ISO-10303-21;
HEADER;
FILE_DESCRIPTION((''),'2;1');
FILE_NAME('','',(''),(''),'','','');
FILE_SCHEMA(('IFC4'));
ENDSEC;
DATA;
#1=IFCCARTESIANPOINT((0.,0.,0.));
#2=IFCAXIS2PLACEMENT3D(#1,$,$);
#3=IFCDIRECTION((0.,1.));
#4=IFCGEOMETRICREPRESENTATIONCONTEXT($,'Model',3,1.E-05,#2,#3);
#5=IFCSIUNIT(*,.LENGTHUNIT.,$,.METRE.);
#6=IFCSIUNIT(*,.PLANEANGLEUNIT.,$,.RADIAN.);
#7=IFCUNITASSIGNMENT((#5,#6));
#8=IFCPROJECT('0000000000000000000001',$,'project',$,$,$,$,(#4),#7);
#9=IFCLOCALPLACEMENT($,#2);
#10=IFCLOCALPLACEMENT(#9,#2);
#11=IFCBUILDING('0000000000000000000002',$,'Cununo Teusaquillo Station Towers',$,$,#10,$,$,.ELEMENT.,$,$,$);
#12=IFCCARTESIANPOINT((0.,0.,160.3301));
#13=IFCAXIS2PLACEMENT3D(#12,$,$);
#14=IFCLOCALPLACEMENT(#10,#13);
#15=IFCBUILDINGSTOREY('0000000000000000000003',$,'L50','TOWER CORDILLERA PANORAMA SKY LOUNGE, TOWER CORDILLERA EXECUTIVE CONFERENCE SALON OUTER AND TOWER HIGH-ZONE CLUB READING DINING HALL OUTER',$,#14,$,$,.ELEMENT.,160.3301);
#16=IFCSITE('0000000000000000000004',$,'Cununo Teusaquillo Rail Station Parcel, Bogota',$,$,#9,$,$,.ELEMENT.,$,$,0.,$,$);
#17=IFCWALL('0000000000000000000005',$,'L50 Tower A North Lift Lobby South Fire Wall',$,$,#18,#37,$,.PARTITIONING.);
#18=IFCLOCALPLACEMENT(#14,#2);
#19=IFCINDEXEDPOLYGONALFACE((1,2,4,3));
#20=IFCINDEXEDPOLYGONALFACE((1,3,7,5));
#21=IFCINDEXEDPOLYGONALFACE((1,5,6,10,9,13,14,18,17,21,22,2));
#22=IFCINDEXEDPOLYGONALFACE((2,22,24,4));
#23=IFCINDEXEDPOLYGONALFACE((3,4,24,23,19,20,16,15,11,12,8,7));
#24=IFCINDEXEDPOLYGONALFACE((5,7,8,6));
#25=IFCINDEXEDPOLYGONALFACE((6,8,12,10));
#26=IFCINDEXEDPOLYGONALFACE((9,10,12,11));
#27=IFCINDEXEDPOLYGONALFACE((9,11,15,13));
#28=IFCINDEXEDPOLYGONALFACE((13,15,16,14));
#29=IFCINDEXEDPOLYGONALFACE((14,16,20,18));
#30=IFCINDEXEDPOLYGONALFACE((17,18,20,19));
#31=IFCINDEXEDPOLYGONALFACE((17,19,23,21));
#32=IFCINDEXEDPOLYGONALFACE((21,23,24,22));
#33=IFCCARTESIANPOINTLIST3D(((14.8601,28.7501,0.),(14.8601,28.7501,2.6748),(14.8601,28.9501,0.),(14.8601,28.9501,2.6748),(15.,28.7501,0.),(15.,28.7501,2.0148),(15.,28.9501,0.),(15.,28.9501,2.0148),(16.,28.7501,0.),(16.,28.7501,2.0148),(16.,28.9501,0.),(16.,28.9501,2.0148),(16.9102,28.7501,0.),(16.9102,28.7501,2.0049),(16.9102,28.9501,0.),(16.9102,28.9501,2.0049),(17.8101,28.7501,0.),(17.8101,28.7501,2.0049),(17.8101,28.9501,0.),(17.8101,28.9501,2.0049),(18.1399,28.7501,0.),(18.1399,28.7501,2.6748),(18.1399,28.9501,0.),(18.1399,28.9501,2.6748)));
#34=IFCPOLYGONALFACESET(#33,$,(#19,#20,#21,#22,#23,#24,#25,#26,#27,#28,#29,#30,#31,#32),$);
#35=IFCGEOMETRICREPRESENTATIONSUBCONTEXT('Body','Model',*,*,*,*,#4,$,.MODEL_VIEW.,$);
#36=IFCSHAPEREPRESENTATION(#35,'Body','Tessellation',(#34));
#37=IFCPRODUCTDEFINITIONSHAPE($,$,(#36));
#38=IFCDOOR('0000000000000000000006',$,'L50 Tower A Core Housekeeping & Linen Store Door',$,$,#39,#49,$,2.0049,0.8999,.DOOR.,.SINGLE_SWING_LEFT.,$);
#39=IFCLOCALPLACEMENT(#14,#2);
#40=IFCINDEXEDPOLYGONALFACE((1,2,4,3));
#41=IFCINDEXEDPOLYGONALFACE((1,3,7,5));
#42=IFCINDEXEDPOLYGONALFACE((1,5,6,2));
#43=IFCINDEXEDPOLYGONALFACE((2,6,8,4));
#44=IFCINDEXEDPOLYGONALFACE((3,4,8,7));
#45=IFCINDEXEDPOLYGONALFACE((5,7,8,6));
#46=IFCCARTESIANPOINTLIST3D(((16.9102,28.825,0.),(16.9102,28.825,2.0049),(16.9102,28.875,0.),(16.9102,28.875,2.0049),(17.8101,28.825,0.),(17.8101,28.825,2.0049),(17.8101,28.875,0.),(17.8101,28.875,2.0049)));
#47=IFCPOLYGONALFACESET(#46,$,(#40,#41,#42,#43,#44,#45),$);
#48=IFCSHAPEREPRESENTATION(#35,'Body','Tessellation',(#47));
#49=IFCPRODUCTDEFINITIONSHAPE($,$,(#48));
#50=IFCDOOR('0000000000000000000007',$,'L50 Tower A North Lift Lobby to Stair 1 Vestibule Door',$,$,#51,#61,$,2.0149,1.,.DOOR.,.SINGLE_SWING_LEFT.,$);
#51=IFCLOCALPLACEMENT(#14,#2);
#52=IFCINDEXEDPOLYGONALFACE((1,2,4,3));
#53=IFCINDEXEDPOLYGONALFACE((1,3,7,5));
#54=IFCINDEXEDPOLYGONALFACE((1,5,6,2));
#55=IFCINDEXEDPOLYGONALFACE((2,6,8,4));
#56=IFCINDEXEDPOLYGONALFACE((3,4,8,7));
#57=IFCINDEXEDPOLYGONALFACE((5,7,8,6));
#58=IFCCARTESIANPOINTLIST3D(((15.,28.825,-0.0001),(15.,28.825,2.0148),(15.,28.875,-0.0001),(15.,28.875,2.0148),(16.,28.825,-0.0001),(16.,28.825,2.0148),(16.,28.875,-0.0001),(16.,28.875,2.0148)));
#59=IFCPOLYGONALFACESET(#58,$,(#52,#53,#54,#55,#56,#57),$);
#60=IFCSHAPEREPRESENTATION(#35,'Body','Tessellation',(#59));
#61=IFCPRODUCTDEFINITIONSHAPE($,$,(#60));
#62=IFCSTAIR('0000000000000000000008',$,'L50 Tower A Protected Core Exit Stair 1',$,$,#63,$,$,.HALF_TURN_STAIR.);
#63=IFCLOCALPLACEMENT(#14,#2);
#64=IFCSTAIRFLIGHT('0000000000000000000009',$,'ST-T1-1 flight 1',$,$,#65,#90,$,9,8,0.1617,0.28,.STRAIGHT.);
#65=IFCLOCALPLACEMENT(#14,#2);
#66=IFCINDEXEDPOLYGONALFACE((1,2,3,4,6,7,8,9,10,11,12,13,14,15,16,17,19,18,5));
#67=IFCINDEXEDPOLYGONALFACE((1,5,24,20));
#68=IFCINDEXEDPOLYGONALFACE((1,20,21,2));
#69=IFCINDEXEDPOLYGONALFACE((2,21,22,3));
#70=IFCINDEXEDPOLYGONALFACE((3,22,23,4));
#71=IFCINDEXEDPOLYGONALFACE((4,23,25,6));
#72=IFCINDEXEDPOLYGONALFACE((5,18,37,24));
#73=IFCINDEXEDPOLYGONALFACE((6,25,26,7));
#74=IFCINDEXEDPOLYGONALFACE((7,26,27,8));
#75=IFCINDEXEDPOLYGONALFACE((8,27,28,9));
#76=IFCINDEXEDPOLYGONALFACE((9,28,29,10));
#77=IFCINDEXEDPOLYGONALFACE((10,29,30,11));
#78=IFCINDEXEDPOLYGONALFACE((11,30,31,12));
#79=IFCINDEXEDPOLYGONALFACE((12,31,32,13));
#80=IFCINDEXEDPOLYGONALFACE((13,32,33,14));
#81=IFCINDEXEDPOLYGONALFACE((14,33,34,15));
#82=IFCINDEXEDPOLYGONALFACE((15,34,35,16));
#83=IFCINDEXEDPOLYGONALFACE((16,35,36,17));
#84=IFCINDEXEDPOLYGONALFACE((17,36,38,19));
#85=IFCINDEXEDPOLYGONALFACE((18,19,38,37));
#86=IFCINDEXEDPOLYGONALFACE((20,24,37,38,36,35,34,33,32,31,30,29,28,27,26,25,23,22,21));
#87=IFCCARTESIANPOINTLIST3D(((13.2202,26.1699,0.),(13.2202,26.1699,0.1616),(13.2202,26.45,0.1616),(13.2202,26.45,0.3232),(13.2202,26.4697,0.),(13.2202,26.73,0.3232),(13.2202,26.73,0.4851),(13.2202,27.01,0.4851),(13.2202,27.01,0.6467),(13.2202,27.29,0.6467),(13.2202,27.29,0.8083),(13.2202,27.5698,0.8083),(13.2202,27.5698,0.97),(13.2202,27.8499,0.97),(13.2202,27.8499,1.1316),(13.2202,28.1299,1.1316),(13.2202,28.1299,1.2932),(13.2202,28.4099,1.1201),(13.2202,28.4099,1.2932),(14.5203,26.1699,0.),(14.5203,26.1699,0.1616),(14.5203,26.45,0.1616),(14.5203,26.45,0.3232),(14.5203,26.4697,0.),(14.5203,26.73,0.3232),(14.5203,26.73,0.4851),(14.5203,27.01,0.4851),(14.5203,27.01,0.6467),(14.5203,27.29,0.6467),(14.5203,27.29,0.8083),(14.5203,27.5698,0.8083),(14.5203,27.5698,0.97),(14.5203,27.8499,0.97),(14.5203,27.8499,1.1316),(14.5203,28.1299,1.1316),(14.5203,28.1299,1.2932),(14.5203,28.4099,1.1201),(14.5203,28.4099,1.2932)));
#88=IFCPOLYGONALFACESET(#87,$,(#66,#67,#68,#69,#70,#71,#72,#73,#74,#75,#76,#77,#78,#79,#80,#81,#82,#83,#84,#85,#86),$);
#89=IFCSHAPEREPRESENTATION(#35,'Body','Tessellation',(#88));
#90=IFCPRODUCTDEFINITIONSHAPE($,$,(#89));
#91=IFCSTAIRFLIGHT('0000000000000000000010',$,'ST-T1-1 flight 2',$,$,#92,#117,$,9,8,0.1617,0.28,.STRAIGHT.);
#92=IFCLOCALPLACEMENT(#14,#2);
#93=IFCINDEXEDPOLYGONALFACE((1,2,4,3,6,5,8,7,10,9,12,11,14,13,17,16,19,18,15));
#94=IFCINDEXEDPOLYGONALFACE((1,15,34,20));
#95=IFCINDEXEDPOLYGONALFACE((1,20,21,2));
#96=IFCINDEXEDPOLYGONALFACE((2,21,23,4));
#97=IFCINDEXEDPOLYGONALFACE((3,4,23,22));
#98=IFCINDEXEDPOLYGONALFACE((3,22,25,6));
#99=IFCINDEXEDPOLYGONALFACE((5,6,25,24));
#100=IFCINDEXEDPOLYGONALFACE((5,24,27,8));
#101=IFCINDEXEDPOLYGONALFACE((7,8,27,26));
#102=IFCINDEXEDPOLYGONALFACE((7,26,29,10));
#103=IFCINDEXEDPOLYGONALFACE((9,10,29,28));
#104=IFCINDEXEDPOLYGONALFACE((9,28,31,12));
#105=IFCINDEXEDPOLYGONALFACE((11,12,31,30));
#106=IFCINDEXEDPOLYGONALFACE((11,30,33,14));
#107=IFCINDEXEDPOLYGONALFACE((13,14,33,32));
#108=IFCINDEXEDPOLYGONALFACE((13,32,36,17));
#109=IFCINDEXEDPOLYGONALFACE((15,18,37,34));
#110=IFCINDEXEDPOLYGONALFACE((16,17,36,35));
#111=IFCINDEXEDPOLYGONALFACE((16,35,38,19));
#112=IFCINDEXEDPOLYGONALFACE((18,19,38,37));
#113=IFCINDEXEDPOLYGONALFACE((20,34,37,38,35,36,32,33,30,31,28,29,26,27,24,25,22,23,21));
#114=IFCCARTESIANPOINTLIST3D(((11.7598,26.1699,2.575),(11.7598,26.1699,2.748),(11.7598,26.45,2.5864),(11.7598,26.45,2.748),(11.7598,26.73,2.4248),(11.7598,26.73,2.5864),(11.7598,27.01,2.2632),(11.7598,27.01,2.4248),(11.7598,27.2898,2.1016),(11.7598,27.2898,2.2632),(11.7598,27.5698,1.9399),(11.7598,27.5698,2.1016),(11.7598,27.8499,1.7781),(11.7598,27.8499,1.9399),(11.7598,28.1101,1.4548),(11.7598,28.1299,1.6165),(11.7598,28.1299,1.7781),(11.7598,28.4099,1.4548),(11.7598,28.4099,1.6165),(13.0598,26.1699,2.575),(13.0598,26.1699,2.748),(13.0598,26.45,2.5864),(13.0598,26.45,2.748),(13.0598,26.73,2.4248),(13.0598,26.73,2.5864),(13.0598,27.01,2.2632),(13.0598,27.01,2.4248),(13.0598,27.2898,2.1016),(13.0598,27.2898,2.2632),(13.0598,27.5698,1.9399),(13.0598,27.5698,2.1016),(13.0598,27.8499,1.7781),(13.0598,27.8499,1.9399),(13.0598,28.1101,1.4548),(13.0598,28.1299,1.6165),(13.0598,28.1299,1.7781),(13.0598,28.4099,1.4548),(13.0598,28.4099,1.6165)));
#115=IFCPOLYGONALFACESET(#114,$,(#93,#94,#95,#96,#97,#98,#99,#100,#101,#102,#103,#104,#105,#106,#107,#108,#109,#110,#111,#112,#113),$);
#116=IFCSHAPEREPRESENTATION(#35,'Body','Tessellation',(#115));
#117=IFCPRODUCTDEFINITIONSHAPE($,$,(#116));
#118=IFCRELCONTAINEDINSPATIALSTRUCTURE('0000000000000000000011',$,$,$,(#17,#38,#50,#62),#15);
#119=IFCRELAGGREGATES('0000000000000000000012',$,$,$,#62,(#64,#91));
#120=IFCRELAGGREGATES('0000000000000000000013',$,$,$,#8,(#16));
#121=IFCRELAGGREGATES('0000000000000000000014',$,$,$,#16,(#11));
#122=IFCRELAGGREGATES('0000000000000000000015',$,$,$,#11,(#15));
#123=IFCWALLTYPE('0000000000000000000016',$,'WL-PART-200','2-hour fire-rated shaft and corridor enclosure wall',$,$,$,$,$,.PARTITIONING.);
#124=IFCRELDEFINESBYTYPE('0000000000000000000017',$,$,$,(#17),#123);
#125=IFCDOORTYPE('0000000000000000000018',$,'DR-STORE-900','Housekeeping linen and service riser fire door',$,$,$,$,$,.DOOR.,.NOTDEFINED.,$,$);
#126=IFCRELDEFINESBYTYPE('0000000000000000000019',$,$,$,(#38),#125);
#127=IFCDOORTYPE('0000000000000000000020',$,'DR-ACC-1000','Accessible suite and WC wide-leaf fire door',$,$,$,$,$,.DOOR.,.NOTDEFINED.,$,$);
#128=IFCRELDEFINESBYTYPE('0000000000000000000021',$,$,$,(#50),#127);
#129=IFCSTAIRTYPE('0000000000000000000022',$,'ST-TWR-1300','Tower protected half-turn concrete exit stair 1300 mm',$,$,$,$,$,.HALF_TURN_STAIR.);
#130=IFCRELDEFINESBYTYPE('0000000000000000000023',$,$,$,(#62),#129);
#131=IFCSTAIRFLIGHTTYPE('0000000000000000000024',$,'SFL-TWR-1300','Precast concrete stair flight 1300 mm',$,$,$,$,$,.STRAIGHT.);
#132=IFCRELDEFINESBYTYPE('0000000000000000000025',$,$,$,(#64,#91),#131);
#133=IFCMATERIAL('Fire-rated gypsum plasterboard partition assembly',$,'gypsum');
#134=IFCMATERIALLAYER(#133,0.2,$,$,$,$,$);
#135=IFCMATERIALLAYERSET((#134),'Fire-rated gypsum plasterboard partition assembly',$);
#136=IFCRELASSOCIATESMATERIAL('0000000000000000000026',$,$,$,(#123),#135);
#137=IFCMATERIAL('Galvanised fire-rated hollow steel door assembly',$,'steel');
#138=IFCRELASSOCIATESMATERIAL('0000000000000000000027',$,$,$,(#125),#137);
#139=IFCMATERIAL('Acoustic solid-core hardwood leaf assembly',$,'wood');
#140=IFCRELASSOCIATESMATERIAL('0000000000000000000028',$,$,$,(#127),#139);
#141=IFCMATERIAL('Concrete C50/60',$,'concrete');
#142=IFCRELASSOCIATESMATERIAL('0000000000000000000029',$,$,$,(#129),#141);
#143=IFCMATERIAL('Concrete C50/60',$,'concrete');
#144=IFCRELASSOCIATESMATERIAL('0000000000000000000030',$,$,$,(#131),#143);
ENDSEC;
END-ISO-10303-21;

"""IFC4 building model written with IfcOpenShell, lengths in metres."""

from ifc_helpers import new_model, si_unit, direction, frame, frame_2d, origin, place, context, subcontext, project, spatial, polyline, rectangle, outline, extrude, source, transform, mapped, material, layer, layer_set, type_object, element, fill, aggregate, save


model = new_model("IFC4")

# Units and contexts
model_context = context("Model", 3, precision=1e-05, world=origin(), true_north=direction((0.0, 1.0)))
body_context = subcontext(model_context, "Body", "Model", "MODEL_VIEW")
ifc_project = project(units=[si_unit("LENGTHUNIT", "METRE"), si_unit("PLANEANGLEUNIT", "RADIAN")], contexts=[model_context])

# Site, building, storey
site_placement = place(None, origin())
site = spatial("IfcSite", under=ifc_project, at=site_placement, Name="Cununo Teusaquillo Rail Station Parcel, Bogota", CompositionType="ELEMENT", RefElevation=0.0)
building_placement = place(site_placement, origin())
building = spatial("IfcBuilding", under=site, at=building_placement, Name="Cununo Teusaquillo Station Towers", CompositionType="ELEMENT")
storey_placement = place(building_placement, frame((0.0, 0.0, 160.3301)))
storey = spatial("IfcBuildingStorey", under=building, at=storey_placement, Name="L50", Description="TOWER CORDILLERA PANORAMA SKY LOUNGE, TOWER CORDILLERA EXECUTIVE CONFERENCE SALON OUTER AND TOWER HIGH-ZONE CLUB READING DINING HALL OUTER", CompositionType="ELEMENT", Elevation=160.3301)

# Shared definitions
shared_shape_1 = source(origin(), body_context, "Body", "SweptSolid", [
    extrude(rectangle(XDim=0.8999, YDim=2.0049, at=frame_2d((0.45, 1.0024))), frame((0.0, 0.0249, 0.0), z_axis=(0.0, -1.0, 0.0), x_axis=(1.0, 0.0, 0.0)), (0.0, 0.0, 1.0), 0.05),
])

# Shared definitions
ifc_material_1 = material(Name="Fire-rated gypsum plasterboard partition assembly", Category="gypsum")
ifc_layer_1 = layer(ifc_material_1, 0.2)
ifc_layer_set_1 = layer_set([ifc_layer_1], Name="Fire-rated gypsum plasterboard partition assembly")
wall_type_1 = type_object("IfcWallType", Name="WL-PART-200", Description="2-hour fire-rated shaft and corridor enclosure wall", PredefinedType="PARTITIONING", material=ifc_layer_set_1)
shared_shape_2 = source(origin(), body_context, "Body", "SweptSolid", [
    extrude(rectangle(XDim=0.8999, YDim=2.0049, at=frame_2d((0.45, 1.0024))), frame((0.0, 0.1099, 0.0), z_axis=(0.0, -1.0, 0.0), x_axis=(1.0, 0.0, 0.0)), (0.0, 0.0, 1.0), 0.22),
])
ifc_material_2 = material(Name="Galvanised fire-rated hollow steel door assembly", Category="steel")
door_type_1 = type_object("IfcDoorType", Name="DR-STORE-900", Description="Housekeeping linen and service riser fire door", OperationType="NOTDEFINED", PredefinedType="DOOR", material=ifc_material_2)

# Wall, openings, doors
wall_1_placement = place(storey_placement, frame((14.8601, 28.8501, 0.0), z_axis=(0.0, 0.0, 1.0), x_axis=(1.0, 0.0, 0.0)))
wall_1 = element("IfcWall", 1, at=wall_1_placement, inside=storey, type_object=wall_type_1, Name="L50 Tower A North Lift Lobby South Fire Wall", PredefinedType="PARTITIONING", context=body_context, shape_type="SweptSolid", body=[
    extrude(rectangle(XDim=3.2798, YDim=0.2, at=frame_2d((1.6399, 0.0))), origin(), (0.0, 0.0, 1.0), 2.6748),
])
shared_shape_3 = source(origin(), body_context, "Body", "SweptSolid", [
    extrude(rectangle(XDim=1.0, YDim=2.0149, at=frame_2d((0.5, 1.0073))), frame((0.0, 0.1099, 0.0), z_axis=(0.0, -1.0, 0.0), x_axis=(1.0, 0.0, 0.0)), (0.0, 0.0, 1.0), 0.22),
])
opening_1_placement = place(wall_1_placement, frame((0.1399, 0.0, 0.0)))
opening_1 = element("IfcOpeningElement", 2, at=opening_1_placement, cuts=wall_1, PredefinedType="OPENING", context=body_context, shape_type="MappedRepresentation", body=[
    mapped(shared_shape_3, transform((0.0, 0.0, 0.0), x_axis=(1.0, 0.0, 0.0), y_axis=(0.0, 1.0, 0.0), z_axis=(0.0, 0.0, 1.0), scale=1.0)),
])
opening_2_placement = place(wall_1_placement, frame((2.05, 0.0, 0.0)))
opening_2 = element("IfcOpeningElement", 3, at=opening_2_placement, cuts=wall_1, PredefinedType="OPENING", context=body_context, shape_type="MappedRepresentation", body=[
    mapped(shared_shape_2, transform((0.0, 0.0, 0.0), x_axis=(1.0, 0.0, 0.0), y_axis=(0.0, 1.0, 0.0), z_axis=(0.0, 0.0, 1.0), scale=1.0)),
])
door_1_placement = place(opening_2_placement, origin())
door_1 = element("IfcDoor", 4, at=door_1_placement, inside=storey, type_object=door_type_1, Name="L50 Tower A Core Housekeeping & Linen Store Door", OperationType="SINGLE_SWING_LEFT", OverallHeight=2.0049, OverallWidth=0.8999, PredefinedType="DOOR", context=body_context, shape_type="MappedRepresentation", body=[
    mapped(shared_shape_1, transform((0.0, 0.0, 0.0), x_axis=(1.0, 0.0, 0.0), y_axis=(0.0, 1.0, 0.0), z_axis=(0.0, 0.0, 1.0), scale=1.0)),
])
fill(opening_2, door_1)
ifc_material_3 = material(Name="Acoustic solid-core hardwood leaf assembly", Category="wood")
door_type_2 = type_object("IfcDoorType", Name="DR-ACC-1000", Description="Accessible suite and WC wide-leaf fire door", OperationType="NOTDEFINED", PredefinedType="DOOR", material=ifc_material_3)
shared_shape_4 = source(origin(), body_context, "Body", "SweptSolid", [
    extrude(rectangle(XDim=1.0, YDim=2.0149, at=frame_2d((0.5, 1.0073))), frame((0.0, 0.0249, 0.0), z_axis=(0.0, -1.0, 0.0), x_axis=(1.0, 0.0, 0.0)), (0.0, 0.0, 1.0), 0.05),
])
door_2_placement = place(opening_1_placement, origin())
door_2 = element("IfcDoor", 5, at=door_2_placement, inside=storey, type_object=door_type_2, Name="L50 Tower A North Lift Lobby to Stair 1 Vestibule Door", OperationType="SINGLE_SWING_LEFT", OverallHeight=2.0149, OverallWidth=1.0, PredefinedType="DOOR", context=body_context, shape_type="MappedRepresentation", body=[
    mapped(shared_shape_4, transform((0.0, 0.0, 0.0), x_axis=(1.0, 0.0, 0.0), y_axis=(0.0, 1.0, 0.0), z_axis=(0.0, 0.0, 1.0), scale=1.0)),
])
fill(opening_1, door_2)

# Stair, stair flights
ifc_material_4 = material(Name="Concrete C50/60", Category="concrete")
stair_type = type_object("IfcStairType", Name="ST-TWR-1300", Description="Tower protected half-turn concrete exit stair 1300 mm", PredefinedType="HALF_TURN_STAIR", material=ifc_material_4)
stair_placement = place(storey_placement, origin())
stair = element("IfcStair", 6, at=stair_placement, inside=storey, type_object=stair_type, Name="L50 Tower A Protected Core Exit Stair 1", PredefinedType="HALF_TURN_STAIR")
ifc_material_5 = material(Name="Concrete C50/60", Category="concrete")
stair_flight_type = type_object("IfcStairFlightType", Name="SFL-TWR-1300", Description="Precast concrete stair flight 1300 mm", PredefinedType="STRAIGHT", material=ifc_material_5)
stair_flight_1_placement = place(storey_placement, frame((13.8701, 26.1699, 0.0), z_axis=(0.0, 0.0, 1.0), x_axis=(0.0, 1.0, 0.0)))
stair_flight_1 = element("IfcStairFlight", 7, at=stair_flight_1_placement, type_object=stair_flight_type, Name="ST-T1-1 flight 1", NumberOfRisers=9, NumberOfTreads=8, PredefinedType="STRAIGHT", RiserHeight=0.1617, TreadLength=0.28, context=body_context, shape_type="SweptSolid", body=[
    extrude(outline(polyline([(0.0, 0.0), (0.0, 0.1616), (0.28, 0.1616), (0.28, 0.3232), (0.5601, 0.3232), (0.5601, 0.4851), (0.8401, 0.4851), (0.8401, 0.6467), (1.1201, 0.6467), (1.1201, 0.8083), (1.3999, 0.8083), (1.3999, 0.97), (1.6799, 0.97), (1.6799, 1.1316), (1.96, 1.1316), (1.96, 1.2932), (2.24, 1.2932), (2.24, 1.4551), (2.24, 1.1201), (0.2998, 0.0), (0.0, 0.0)])), frame((0.0, 0.6499, 0.0), z_axis=(0.0, -1.0, 0.0), x_axis=(1.0, 0.0, 0.0)), (0.0, 0.0, 1.0), 1.3),
])
stair_flight_2_placement = place(storey_placement, frame((12.4099, 28.4099, 1.4548), z_axis=(0.0, 0.0, 1.0), x_axis=(0.0, -1.0, 0.0)))
stair_flight_2 = element("IfcStairFlight", 8, at=stair_flight_2_placement, type_object=stair_flight_type, Name="ST-T1-1 flight 2", NumberOfRisers=9, NumberOfTreads=8, PredefinedType="STRAIGHT", RiserHeight=0.1617, TreadLength=0.28, context=body_context, shape_type="SweptSolid", body=[
    extrude(outline(polyline([(0.0, 0.0), (0.0, 0.1616), (0.28, 0.1616), (0.28, 0.3232), (0.5601, 0.3232), (0.5601, 0.4851), (0.8401, 0.4851), (0.8401, 0.6467), (1.1201, 0.6467), (1.1201, 0.8083), (1.3999, 0.8083), (1.3999, 0.97), (1.6799, 0.97), (1.6799, 1.1316), (1.96, 1.1316), (1.96, 1.2932), (2.24, 1.2932), (2.24, 1.4551), (2.24, 1.1201), (0.2998, 0.0), (0.0, 0.0)])), frame((0.0, 0.6499, 0.0), z_axis=(0.0, -1.0, 0.0), x_axis=(1.0, 0.0, 0.0)), (0.0, 0.0, 1.0), 1.3),
])
aggregate(stair, [stair_flight_1, stair_flight_2])

save(model, "model.ifc")
